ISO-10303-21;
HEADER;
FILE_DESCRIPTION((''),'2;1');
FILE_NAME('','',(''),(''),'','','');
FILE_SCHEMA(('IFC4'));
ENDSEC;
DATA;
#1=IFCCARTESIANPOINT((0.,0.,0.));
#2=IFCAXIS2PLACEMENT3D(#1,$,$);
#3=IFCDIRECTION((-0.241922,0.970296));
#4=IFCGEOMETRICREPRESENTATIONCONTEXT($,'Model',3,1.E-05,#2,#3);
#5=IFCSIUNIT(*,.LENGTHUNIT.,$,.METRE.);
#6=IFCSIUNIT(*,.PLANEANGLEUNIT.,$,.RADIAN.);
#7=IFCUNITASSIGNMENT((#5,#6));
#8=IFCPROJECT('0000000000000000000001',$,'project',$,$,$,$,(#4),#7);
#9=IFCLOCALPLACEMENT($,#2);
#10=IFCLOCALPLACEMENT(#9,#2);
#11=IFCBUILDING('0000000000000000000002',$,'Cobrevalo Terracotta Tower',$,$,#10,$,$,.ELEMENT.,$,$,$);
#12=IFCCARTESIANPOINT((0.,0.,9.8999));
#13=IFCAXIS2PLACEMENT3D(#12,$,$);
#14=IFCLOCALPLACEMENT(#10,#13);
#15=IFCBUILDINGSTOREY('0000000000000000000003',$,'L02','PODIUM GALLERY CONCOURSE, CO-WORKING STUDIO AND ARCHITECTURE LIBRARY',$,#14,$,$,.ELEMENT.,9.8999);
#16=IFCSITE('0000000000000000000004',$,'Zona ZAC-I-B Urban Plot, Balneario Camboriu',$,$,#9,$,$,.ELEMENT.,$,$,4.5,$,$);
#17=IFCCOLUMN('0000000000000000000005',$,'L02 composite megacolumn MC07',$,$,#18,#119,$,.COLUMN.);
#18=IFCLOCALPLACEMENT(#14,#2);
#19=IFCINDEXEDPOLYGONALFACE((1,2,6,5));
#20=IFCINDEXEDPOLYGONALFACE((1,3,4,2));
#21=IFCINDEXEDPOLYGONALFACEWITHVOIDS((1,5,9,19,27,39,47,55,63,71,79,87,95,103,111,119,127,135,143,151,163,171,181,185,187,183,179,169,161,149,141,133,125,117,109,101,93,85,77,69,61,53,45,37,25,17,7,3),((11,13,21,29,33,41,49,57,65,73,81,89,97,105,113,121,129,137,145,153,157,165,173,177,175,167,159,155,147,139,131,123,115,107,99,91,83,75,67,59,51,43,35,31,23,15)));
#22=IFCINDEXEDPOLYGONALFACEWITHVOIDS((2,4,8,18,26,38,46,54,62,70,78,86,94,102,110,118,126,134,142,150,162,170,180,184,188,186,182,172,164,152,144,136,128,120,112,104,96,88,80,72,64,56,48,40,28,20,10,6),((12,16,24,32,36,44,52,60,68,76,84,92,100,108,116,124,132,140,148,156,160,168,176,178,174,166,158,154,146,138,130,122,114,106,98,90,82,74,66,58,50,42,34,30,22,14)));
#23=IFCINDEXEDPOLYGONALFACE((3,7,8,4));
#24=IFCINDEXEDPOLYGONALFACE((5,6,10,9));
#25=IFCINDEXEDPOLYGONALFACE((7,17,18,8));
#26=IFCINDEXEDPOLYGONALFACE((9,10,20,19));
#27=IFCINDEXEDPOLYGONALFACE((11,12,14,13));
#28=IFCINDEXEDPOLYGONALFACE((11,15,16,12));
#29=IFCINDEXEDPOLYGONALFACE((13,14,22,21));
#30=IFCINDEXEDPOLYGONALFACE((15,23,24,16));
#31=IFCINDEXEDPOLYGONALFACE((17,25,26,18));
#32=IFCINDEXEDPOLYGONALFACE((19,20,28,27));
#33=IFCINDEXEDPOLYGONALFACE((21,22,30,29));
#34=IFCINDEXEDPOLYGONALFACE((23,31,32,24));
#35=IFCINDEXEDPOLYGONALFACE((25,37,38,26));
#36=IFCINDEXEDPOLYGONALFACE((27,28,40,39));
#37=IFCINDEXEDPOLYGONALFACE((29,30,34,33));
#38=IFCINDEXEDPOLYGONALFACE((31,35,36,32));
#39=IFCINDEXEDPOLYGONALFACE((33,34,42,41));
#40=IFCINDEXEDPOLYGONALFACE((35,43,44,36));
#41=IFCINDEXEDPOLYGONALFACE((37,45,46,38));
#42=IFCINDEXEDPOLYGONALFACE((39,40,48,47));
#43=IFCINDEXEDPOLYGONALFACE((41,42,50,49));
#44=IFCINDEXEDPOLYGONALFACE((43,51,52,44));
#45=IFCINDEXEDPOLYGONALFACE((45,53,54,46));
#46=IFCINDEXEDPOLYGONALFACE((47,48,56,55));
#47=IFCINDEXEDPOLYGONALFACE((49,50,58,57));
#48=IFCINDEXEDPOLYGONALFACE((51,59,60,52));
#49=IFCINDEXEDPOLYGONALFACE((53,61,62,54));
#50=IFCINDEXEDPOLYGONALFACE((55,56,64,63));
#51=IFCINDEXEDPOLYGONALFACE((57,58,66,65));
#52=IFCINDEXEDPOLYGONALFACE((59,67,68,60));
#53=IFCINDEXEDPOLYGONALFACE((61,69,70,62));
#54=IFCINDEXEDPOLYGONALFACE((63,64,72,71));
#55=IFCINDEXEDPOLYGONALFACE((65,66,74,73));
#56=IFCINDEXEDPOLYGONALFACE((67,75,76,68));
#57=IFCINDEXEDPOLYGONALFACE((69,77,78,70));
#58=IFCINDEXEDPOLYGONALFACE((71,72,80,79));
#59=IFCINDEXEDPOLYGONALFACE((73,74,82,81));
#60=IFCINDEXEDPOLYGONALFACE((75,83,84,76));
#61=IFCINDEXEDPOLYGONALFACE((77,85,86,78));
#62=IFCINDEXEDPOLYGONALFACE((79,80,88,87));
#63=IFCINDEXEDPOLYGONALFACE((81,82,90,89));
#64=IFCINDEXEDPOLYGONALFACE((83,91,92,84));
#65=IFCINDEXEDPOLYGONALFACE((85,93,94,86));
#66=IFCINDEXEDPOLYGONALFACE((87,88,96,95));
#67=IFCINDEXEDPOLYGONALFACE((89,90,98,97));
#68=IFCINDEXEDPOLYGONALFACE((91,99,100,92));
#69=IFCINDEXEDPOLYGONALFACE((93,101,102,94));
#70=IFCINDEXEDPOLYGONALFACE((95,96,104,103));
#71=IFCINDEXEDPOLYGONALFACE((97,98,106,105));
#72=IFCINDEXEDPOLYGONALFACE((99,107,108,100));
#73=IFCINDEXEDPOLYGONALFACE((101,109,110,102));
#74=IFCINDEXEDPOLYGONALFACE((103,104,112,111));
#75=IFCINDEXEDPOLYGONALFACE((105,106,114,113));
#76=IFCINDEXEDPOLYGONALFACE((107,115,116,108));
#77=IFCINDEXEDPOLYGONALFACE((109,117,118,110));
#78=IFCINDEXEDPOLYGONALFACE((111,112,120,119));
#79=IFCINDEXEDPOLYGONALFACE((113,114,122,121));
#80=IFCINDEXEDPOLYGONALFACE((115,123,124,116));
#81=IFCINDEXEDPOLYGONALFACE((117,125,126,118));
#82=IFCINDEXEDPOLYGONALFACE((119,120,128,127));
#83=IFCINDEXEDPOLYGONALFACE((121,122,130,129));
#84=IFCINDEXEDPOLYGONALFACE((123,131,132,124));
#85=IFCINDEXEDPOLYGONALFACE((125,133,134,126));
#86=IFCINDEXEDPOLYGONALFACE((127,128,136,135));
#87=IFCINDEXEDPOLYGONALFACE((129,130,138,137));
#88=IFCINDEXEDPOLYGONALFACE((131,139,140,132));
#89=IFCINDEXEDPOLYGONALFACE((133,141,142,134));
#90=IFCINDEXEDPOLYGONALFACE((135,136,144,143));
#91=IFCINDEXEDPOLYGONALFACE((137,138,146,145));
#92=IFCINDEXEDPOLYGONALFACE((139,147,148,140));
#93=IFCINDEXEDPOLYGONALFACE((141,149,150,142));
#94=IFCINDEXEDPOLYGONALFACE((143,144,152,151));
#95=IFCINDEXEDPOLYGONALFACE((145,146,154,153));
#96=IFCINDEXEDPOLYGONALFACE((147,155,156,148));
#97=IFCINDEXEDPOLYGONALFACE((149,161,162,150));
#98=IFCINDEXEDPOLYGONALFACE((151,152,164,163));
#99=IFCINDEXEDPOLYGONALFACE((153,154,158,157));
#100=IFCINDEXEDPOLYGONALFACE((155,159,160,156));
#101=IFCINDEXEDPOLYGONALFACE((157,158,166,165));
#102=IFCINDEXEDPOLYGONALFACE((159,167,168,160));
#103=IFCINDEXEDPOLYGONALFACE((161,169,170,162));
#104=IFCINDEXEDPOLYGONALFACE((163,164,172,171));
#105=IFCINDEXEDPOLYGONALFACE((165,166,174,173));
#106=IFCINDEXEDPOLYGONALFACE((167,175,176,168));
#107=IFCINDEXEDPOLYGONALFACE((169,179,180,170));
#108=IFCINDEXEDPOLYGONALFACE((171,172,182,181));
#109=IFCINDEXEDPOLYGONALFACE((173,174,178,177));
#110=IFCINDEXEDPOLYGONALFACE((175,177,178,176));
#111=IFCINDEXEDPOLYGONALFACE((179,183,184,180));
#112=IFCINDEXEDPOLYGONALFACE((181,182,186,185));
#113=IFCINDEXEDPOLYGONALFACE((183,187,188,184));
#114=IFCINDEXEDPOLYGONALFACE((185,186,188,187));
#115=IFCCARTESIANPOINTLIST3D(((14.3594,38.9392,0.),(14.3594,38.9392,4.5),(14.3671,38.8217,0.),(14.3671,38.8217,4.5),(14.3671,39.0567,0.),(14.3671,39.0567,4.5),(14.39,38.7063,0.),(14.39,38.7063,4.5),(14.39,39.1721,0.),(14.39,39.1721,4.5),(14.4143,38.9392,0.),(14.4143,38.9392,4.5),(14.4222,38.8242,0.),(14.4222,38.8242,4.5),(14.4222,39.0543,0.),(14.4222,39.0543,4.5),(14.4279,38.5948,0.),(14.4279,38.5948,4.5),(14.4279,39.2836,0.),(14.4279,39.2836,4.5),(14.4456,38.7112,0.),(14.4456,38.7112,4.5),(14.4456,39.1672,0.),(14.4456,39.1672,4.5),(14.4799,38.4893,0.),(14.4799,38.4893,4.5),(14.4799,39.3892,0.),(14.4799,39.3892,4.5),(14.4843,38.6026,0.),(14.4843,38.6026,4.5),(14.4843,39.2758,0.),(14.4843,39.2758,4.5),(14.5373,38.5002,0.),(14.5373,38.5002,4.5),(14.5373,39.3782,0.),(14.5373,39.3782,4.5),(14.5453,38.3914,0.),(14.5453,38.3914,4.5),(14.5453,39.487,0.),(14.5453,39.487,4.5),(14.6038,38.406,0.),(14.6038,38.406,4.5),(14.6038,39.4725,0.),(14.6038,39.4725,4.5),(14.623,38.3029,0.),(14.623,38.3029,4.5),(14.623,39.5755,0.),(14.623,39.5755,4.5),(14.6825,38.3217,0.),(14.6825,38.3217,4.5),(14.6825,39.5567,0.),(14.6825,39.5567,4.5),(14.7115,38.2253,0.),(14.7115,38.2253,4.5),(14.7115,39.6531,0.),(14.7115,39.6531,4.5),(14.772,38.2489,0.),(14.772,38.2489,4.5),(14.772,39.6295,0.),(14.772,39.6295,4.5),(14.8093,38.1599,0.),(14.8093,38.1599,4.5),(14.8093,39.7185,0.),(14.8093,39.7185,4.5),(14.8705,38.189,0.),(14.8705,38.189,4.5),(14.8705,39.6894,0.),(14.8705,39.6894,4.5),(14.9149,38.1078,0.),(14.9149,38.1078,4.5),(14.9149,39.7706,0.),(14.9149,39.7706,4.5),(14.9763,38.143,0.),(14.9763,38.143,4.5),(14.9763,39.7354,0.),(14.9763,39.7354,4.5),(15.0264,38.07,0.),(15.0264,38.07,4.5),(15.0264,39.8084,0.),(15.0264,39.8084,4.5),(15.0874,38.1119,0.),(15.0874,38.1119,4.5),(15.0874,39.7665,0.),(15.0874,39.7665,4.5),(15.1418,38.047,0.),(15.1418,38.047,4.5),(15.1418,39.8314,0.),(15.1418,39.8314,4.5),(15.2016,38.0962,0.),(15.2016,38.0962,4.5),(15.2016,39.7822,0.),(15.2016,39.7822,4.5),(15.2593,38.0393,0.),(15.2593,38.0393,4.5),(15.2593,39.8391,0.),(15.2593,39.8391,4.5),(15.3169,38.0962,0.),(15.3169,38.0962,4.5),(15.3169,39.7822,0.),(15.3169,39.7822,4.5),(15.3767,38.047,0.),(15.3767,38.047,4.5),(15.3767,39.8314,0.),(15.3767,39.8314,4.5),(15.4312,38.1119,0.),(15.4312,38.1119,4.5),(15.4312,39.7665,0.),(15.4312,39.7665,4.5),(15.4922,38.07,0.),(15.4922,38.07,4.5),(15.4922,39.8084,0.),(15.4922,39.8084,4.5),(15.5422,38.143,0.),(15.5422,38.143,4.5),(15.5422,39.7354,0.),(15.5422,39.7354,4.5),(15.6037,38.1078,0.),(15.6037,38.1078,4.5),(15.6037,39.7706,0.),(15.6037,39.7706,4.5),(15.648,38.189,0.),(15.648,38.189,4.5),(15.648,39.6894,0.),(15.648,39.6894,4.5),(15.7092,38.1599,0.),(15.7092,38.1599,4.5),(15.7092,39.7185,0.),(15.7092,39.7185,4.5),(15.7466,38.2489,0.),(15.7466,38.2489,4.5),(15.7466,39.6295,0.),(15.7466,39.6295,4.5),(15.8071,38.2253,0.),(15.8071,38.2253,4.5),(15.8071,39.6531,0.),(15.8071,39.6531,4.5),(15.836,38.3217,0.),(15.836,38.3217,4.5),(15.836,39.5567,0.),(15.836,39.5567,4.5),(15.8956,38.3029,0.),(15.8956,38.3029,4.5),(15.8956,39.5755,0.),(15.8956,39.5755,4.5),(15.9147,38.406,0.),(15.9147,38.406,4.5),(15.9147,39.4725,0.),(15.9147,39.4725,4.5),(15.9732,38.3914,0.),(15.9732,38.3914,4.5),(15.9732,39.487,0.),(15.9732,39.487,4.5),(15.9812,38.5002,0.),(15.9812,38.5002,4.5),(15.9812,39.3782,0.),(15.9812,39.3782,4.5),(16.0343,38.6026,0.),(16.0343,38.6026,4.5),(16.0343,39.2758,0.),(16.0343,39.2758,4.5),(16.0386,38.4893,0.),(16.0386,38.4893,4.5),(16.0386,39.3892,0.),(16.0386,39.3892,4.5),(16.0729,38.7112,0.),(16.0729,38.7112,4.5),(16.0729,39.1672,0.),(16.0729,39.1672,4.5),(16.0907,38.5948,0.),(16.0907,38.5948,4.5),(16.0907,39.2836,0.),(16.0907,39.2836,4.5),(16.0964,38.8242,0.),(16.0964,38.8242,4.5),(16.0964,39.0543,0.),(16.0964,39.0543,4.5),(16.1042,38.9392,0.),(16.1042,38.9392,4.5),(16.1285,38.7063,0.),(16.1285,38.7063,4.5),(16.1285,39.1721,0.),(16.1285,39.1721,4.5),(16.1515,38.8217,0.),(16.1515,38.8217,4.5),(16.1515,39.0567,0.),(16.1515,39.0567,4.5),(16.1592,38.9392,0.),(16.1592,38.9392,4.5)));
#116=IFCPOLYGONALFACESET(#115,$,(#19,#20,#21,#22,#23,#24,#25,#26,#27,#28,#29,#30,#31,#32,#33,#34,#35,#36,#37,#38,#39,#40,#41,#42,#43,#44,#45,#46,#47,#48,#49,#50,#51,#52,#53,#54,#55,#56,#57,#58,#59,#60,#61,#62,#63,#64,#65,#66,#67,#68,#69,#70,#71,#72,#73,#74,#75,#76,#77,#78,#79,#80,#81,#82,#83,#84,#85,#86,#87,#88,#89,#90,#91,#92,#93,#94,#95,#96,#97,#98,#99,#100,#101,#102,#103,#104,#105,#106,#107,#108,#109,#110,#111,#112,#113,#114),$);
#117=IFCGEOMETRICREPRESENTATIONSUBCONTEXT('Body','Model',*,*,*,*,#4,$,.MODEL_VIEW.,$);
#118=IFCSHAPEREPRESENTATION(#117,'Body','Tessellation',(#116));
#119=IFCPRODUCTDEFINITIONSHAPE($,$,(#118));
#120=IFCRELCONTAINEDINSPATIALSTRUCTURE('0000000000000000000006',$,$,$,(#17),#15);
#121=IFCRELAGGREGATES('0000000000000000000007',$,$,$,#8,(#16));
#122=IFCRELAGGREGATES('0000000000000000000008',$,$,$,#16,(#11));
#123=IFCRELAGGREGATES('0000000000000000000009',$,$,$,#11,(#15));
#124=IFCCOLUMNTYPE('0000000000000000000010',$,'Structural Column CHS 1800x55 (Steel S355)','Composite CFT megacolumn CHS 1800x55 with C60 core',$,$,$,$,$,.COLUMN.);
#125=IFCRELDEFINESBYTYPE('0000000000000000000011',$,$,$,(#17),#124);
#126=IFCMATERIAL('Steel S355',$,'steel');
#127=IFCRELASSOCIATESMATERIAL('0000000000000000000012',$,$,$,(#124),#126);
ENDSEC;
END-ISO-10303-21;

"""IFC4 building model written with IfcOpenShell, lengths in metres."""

from ifc_helpers import new_model, si_unit, direction, frame, origin, origin_2d, place, context, subcontext, project, spatial, hollow_circle, extrude, material, material_profile, profile_set, type_object, element, save


model = new_model("IFC4")

# Units and contexts
model_context = context("Model", 3, precision=1e-05, world=origin(), true_north=direction((-0.241922, 0.970296)))
body_context = subcontext(model_context, "Body", "Model", "MODEL_VIEW")
ifc_project = project(units=[si_unit("LENGTHUNIT", "METRE"), si_unit("PLANEANGLEUNIT", "RADIAN")], contexts=[model_context])

# Site, building, storey
site_placement = place(None, origin())
site = spatial("IfcSite", under=ifc_project, at=site_placement, Name="Zona ZAC-I-B Urban Plot, Balneario Camboriu", CompositionType="ELEMENT", RefElevation=4.5)
building_placement = place(site_placement, origin())
building = spatial("IfcBuilding", under=site, at=building_placement, Name="Cobrevalo Terracotta Tower", CompositionType="ELEMENT")
storey_placement = place(building_placement, frame((0.0, 0.0, 9.8999)))
storey = spatial("IfcBuildingStorey", under=building, at=storey_placement, Name="L02", Description="PODIUM GALLERY CONCOURSE, CO-WORKING STUDIO AND ARCHITECTURE LIBRARY", CompositionType="ELEMENT", Elevation=9.8999)

# Column
ifc_material_1 = material(Name="Steel S355", Category="steel")
ifc_material_profile_1 = material_profile(ifc_material_1, hollow_circle(Radius=0.8999, WallThickness=0.0549, at=origin_2d()), Name="CHS 1800x55")
ifc_profile_set_1 = profile_set([ifc_material_profile_1], Name="Steel S355")
column_type_1 = type_object("IfcColumnType", Name="Structural Column CHS 1800x55 (Steel S355)", Description="Composite CFT megacolumn CHS 1800x55 with C60 core", PredefinedType="COLUMN", material=ifc_profile_set_1)
for number, where, z_axis, x_axis, name in (
    (1, (15.2593, 38.9392, 0.0), (0.0, 0.0, 1.0), (1.0, 0.0, 0.0), "L02 composite megacolumn MC07"),
):
    element("IfcColumn", number, at=place(storey_placement, frame(where, z_axis=z_axis, x_axis=x_axis)), inside=storey, type_object=column_type_1, Name=name, PredefinedType="COLUMN", context=body_context, shape_type="SweptSolid", body=[
        extrude(hollow_circle(Radius=0.8999, WallThickness=0.0549, at=origin_2d()), origin(), (0.0, 0.0, 1.0), 4.5),
    ])

save(model, "model.ifc")
